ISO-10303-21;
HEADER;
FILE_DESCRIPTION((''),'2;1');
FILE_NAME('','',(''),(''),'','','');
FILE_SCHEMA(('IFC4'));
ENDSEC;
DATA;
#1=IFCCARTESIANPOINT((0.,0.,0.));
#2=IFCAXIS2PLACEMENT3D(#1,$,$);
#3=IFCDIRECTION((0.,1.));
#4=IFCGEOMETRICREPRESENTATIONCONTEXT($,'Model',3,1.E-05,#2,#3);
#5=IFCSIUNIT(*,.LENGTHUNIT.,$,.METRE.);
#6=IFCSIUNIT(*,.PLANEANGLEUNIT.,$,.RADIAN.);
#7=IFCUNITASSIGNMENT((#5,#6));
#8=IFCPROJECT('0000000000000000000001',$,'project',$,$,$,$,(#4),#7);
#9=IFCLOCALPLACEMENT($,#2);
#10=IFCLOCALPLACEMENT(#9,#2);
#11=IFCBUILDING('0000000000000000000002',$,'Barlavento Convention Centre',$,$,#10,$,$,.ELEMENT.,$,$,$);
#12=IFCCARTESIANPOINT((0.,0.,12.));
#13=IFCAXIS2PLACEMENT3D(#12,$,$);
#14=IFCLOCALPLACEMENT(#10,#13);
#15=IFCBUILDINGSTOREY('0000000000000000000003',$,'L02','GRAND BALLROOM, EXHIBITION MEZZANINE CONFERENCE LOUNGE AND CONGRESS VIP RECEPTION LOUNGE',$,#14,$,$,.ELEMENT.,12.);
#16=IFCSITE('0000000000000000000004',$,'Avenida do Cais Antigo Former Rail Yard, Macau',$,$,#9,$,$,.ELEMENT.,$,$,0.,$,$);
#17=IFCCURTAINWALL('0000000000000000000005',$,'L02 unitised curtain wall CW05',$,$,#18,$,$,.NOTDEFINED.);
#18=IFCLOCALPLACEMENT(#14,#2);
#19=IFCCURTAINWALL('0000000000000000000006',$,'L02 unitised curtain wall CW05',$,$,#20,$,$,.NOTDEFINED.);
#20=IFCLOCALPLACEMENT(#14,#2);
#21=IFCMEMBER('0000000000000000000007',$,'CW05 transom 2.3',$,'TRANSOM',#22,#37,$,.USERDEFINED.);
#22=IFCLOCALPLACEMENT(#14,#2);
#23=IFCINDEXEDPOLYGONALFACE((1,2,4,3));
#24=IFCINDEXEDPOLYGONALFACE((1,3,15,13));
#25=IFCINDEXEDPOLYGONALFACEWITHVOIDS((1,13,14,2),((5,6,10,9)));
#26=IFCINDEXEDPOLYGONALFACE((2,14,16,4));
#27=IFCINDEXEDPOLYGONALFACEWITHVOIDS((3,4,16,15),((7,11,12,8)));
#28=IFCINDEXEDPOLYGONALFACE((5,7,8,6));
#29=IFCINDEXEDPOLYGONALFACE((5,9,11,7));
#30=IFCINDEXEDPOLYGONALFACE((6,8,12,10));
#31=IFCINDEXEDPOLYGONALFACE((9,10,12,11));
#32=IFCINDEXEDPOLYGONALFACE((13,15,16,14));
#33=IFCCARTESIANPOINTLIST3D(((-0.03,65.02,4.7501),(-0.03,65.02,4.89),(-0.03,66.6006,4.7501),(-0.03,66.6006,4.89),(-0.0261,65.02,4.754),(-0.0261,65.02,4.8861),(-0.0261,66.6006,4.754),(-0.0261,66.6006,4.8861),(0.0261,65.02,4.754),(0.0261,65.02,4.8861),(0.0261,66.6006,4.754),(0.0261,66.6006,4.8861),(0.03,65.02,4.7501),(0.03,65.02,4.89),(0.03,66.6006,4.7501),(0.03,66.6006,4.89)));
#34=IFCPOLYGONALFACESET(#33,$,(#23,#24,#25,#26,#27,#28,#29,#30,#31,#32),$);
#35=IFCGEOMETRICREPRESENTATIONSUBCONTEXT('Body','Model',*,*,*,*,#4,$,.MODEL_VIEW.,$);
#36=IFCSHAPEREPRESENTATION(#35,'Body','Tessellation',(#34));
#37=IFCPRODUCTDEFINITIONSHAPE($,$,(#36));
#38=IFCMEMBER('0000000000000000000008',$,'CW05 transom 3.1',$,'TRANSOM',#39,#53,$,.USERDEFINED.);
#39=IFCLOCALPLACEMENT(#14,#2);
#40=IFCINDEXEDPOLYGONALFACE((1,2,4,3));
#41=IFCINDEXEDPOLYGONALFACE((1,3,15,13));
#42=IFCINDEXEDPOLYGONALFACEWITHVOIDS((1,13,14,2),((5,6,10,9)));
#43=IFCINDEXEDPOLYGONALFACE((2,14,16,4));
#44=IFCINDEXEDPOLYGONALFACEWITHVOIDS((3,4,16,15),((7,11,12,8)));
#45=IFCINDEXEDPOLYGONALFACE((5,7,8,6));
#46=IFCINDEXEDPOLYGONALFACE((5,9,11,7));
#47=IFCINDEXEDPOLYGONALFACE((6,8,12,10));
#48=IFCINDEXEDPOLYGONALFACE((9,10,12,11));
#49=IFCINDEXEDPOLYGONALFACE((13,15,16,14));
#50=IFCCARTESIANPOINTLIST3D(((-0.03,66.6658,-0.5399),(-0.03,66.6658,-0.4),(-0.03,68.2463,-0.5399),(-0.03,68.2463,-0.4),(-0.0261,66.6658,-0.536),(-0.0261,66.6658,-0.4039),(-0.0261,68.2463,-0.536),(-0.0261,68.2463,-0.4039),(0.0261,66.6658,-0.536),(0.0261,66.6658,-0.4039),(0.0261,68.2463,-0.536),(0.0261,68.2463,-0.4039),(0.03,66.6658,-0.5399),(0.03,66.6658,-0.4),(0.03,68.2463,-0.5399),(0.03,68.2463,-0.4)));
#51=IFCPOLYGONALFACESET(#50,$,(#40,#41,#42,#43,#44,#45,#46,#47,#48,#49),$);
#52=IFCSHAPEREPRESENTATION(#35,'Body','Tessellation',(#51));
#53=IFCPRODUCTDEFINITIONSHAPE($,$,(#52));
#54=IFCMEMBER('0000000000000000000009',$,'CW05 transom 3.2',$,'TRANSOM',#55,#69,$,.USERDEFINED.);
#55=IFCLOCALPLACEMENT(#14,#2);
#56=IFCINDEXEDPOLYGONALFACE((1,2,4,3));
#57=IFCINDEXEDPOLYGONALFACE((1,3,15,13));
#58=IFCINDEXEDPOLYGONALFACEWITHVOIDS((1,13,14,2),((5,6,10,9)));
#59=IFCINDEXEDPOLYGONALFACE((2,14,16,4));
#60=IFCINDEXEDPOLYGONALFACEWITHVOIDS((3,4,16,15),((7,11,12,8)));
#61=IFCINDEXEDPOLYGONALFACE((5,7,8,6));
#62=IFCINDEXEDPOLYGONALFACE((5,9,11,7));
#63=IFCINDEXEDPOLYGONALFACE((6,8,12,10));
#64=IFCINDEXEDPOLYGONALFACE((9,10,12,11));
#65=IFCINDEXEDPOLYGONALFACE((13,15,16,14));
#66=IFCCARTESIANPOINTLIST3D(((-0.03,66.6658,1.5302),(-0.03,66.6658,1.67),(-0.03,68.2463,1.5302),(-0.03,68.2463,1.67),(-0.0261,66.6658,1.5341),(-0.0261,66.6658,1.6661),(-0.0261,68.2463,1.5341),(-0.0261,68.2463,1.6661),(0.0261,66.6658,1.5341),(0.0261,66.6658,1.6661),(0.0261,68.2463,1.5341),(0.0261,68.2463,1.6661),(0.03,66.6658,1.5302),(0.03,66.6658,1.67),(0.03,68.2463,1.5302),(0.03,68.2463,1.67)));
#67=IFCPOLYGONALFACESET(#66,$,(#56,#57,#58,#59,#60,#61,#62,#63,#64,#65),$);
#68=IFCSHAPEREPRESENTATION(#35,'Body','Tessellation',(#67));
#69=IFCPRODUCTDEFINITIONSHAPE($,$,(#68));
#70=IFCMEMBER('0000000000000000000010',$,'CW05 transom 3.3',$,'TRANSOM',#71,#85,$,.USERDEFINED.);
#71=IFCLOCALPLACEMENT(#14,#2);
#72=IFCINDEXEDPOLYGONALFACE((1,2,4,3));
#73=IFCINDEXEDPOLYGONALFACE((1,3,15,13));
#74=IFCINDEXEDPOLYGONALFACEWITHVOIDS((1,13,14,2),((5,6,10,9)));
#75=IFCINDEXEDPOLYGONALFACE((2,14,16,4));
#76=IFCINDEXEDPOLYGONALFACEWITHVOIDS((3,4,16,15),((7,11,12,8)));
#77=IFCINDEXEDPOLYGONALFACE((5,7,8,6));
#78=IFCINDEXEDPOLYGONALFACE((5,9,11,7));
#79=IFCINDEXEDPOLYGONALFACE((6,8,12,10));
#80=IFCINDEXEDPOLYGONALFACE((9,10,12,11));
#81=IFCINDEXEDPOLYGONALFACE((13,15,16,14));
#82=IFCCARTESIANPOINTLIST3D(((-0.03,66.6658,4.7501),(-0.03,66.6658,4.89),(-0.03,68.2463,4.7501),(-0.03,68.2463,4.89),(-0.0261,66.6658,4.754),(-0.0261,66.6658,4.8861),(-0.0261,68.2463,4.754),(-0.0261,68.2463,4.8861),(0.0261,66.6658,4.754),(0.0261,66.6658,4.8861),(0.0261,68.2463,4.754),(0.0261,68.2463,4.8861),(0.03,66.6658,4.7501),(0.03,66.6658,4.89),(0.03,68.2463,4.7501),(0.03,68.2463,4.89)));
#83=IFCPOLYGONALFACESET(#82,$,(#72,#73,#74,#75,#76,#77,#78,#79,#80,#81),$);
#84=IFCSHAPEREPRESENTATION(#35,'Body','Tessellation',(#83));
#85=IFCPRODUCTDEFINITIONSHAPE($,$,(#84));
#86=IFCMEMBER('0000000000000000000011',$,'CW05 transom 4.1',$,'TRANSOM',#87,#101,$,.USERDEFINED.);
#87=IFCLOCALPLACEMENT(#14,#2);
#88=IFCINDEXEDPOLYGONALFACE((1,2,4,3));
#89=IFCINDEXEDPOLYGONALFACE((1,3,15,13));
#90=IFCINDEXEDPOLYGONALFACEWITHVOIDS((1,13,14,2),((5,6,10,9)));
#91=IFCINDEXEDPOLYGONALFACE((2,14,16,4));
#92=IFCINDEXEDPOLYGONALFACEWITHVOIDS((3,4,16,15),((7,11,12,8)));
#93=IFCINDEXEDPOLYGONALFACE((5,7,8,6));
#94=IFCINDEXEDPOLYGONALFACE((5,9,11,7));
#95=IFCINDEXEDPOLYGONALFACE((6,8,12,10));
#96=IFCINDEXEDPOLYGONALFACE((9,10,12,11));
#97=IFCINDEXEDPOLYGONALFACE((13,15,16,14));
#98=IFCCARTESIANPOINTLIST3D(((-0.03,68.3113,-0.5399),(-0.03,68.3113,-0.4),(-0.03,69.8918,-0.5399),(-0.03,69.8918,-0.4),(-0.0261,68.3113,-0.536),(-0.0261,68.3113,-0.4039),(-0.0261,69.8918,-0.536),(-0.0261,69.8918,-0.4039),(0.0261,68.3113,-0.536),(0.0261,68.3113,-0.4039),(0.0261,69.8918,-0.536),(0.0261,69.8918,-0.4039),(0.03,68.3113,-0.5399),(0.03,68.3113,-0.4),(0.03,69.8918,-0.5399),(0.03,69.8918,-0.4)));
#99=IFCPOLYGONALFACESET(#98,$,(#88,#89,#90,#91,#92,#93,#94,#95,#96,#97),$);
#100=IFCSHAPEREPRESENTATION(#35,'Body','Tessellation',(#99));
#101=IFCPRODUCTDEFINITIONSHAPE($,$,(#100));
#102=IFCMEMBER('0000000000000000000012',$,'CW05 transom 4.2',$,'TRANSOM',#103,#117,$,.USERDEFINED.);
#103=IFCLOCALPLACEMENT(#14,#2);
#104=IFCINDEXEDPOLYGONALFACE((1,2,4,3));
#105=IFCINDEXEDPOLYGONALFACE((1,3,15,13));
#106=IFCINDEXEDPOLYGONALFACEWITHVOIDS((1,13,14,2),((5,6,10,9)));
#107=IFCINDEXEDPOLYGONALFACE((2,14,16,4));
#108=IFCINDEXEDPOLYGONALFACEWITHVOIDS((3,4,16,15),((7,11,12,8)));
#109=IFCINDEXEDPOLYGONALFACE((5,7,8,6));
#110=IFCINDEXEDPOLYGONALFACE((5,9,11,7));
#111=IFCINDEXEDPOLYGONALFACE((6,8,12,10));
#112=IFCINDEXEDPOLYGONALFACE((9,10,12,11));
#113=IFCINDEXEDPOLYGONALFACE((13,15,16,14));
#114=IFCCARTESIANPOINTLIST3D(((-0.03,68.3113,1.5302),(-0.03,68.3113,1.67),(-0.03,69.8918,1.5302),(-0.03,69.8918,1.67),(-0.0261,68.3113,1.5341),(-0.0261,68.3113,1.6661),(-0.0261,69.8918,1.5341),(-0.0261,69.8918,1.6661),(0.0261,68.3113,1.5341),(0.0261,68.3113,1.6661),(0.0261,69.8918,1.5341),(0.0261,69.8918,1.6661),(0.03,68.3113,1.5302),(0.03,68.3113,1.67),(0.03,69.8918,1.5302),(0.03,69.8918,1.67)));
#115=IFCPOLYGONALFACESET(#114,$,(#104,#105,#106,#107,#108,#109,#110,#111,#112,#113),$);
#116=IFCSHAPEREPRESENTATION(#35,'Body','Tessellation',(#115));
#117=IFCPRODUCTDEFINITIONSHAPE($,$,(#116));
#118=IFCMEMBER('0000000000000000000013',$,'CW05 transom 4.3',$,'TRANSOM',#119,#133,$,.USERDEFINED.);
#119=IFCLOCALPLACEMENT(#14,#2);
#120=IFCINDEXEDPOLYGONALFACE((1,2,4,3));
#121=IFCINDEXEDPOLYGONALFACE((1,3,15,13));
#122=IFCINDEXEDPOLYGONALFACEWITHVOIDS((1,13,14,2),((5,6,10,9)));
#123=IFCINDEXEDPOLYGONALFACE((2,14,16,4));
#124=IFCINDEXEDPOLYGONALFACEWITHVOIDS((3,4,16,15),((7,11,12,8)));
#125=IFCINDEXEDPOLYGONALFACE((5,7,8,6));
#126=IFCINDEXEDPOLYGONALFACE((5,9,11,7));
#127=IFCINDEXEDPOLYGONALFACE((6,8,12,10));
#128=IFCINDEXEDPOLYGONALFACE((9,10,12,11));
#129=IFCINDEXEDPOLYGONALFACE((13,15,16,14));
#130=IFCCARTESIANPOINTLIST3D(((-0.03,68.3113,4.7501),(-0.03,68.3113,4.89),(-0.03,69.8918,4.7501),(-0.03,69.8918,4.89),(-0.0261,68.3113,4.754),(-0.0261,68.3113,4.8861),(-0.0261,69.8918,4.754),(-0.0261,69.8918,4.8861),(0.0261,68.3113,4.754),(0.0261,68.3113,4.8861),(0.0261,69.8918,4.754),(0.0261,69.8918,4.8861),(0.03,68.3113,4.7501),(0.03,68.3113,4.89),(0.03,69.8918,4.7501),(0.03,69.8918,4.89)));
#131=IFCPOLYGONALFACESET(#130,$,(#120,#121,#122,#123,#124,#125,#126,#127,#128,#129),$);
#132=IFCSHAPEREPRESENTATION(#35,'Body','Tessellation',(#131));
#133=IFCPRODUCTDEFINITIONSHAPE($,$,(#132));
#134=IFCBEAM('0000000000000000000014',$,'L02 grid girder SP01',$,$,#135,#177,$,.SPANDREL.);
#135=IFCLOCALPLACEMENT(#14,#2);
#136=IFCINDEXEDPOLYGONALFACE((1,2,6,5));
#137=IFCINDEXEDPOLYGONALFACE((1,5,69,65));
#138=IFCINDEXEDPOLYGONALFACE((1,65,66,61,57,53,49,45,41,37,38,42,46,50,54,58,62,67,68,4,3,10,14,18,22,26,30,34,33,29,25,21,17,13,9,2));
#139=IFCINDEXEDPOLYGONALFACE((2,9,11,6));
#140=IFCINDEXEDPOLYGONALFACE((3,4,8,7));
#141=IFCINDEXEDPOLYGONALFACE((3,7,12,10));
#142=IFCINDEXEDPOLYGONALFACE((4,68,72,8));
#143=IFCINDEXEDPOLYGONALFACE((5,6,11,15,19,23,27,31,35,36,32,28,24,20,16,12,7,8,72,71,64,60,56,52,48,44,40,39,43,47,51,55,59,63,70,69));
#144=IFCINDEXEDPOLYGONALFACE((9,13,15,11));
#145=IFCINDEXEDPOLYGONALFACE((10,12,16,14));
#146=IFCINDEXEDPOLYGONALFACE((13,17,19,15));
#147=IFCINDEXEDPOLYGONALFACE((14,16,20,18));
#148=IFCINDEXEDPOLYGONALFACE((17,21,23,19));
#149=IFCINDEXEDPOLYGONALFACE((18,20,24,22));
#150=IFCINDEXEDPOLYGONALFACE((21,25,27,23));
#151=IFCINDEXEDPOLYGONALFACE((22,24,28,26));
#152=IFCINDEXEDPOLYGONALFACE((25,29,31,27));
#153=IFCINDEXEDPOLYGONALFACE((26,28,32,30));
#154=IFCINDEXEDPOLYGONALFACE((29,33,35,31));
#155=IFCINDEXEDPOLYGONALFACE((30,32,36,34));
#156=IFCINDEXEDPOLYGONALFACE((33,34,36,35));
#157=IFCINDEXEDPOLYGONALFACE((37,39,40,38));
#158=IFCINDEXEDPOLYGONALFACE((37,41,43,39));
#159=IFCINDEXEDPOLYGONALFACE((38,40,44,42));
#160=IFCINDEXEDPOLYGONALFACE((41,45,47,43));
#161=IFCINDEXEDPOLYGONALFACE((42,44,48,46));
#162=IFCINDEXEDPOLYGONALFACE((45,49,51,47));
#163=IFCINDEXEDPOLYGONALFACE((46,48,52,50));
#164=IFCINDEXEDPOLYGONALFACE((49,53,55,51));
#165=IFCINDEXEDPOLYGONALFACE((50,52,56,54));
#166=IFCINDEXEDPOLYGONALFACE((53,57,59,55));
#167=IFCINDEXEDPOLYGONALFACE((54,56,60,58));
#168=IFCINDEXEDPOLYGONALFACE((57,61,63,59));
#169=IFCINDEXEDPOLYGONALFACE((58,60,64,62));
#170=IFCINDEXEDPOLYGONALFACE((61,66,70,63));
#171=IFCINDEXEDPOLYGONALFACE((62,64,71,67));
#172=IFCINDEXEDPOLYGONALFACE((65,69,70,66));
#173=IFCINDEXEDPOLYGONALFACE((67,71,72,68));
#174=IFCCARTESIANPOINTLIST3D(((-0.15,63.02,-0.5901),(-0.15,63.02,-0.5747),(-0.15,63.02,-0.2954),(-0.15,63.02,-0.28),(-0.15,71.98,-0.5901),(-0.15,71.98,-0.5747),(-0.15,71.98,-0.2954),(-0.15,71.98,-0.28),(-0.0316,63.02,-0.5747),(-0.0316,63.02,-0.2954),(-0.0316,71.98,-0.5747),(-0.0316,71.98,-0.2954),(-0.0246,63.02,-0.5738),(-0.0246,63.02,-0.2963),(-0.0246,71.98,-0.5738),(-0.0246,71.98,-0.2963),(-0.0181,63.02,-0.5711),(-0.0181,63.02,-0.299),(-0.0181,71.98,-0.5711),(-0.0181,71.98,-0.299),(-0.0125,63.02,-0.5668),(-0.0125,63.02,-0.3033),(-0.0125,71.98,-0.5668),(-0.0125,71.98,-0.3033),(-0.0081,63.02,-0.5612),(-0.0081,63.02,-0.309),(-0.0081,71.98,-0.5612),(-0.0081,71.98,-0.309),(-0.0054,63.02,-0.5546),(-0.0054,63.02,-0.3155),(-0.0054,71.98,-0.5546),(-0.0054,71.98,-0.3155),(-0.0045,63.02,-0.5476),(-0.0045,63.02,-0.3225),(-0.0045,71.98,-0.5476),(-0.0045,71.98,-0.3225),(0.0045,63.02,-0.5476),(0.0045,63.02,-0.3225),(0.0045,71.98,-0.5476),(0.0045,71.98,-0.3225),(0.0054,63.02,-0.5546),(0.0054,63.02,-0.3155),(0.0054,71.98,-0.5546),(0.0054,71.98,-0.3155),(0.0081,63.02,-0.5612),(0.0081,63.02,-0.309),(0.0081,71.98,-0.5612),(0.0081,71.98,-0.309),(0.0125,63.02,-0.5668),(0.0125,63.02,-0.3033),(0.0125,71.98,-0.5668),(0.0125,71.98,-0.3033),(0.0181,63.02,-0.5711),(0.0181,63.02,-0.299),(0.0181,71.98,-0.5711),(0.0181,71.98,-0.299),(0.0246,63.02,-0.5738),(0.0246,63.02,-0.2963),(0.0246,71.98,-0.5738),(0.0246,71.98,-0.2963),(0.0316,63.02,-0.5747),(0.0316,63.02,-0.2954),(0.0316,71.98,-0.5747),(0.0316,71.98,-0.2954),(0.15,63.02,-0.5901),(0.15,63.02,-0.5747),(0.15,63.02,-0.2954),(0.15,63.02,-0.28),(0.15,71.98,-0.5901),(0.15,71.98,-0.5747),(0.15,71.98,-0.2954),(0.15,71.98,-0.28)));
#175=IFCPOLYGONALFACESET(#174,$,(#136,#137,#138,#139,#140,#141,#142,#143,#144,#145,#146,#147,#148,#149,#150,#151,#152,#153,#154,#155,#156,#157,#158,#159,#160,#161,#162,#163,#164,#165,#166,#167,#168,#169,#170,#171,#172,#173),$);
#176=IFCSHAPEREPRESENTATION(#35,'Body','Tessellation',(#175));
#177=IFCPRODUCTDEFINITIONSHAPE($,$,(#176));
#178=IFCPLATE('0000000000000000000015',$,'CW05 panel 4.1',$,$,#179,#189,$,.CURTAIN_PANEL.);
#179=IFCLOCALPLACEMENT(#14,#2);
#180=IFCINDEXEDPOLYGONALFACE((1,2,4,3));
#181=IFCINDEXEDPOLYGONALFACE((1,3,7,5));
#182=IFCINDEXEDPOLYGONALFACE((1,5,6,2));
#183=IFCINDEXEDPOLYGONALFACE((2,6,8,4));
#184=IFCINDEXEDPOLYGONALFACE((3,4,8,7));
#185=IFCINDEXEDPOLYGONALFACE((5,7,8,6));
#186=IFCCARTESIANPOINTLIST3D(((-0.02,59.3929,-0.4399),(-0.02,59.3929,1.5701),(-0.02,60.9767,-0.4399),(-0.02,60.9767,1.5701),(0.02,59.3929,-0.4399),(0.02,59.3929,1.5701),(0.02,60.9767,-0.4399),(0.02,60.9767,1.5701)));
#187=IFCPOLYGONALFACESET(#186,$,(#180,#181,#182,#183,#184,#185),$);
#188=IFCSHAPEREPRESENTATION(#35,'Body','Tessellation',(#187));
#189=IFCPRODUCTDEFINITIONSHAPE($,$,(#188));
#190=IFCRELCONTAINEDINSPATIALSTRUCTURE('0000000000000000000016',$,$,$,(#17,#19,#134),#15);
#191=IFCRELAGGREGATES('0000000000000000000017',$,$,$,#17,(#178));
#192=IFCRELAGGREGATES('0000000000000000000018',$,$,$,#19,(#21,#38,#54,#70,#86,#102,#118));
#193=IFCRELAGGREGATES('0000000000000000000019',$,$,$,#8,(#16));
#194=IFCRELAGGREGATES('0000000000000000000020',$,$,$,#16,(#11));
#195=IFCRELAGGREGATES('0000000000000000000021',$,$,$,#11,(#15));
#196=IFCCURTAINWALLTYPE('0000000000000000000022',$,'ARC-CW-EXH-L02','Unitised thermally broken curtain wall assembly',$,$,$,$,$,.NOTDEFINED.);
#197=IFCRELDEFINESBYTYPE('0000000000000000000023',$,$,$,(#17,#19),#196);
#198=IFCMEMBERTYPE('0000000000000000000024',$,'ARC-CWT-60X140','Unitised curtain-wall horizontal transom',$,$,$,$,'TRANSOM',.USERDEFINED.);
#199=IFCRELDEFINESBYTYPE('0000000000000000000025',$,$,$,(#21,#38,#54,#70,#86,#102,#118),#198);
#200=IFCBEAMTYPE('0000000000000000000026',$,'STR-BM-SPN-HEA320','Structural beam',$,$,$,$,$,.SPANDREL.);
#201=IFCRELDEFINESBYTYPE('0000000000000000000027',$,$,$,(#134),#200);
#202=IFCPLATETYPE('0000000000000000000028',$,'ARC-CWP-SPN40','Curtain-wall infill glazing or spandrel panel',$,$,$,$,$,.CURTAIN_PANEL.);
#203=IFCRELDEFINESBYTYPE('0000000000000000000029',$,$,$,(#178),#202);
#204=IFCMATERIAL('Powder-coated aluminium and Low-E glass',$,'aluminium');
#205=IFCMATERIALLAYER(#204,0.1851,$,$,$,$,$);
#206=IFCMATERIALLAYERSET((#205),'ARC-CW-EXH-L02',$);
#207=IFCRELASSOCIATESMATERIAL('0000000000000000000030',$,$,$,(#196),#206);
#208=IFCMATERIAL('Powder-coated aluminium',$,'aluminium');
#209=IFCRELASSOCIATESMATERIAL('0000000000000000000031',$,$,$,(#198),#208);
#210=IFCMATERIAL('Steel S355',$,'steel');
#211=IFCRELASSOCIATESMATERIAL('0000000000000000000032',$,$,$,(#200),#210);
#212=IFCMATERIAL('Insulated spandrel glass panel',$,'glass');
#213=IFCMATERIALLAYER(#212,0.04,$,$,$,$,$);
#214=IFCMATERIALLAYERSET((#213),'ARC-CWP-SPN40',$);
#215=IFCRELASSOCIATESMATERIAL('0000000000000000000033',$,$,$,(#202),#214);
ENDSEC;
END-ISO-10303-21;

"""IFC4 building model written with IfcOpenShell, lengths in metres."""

from ifc_helpers import new_model, si_unit, direction, frame, origin, origin_2d, place, context, subcontext, project, spatial, rectangle, hollow_rectangle, i_section, extrude, material, layer, layer_set, material_profile, profile_set, type_object, element, aggregate, save


model = new_model("IFC4")

# Units and contexts
model_context = context("Model", 3, precision=1e-05, world=origin(), true_north=direction((0.0, 1.0)))
body_context = subcontext(model_context, "Body", "Model", "MODEL_VIEW")
ifc_project = project(units=[si_unit("LENGTHUNIT", "METRE"), si_unit("PLANEANGLEUNIT", "RADIAN")], contexts=[model_context])

# Site, building, storey
site_placement = place(None, origin())
site = spatial("IfcSite", under=ifc_project, at=site_placement, Name="Avenida do Cais Antigo Former Rail Yard, Macau", CompositionType="ELEMENT", RefElevation=0.0)
building_placement = place(site_placement, origin())
building = spatial("IfcBuilding", under=site, at=building_placement, Name="Barlavento Convention Centre", CompositionType="ELEMENT")
storey_placement = place(building_placement, frame((0.0, 0.0, 12.0)))
storey = spatial("IfcBuildingStorey", under=building, at=storey_placement, Name="L02", Description="GRAND BALLROOM, EXHIBITION MEZZANINE CONFERENCE LOUNGE AND CONGRESS VIP RECEPTION LOUNGE", CompositionType="ELEMENT", Elevation=12.0)

# Shared definitions
ifc_material_1 = material(Name="Steel S355", Category="steel")

# Curtain walls
ifc_material_2 = material(Name="Powder-coated aluminium and Low-E glass", Category="aluminium")
ifc_layer_1 = layer(ifc_material_2, 0.1851)
ifc_layer_set_1 = layer_set([ifc_layer_1], Name="ARC-CW-EXH-L02")
curtain_wall_type = type_object("IfcCurtainWallType", Name="ARC-CW-EXH-L02", Description="Unitised thermally broken curtain wall assembly", PredefinedType="NOTDEFINED", material=ifc_layer_set_1)
curtain_wall_1_placement = place(storey_placement, origin())
curtain_wall_1 = element("IfcCurtainWall", 1, at=curtain_wall_1_placement, inside=storey, type_object=curtain_wall_type, Name="L02 unitised curtain wall CW05", PredefinedType="NOTDEFINED")
ifc_material_3 = material(Name="Powder-coated aluminium", Category="aluminium")
curtain_wall_2_placement = place(storey_placement, origin())
curtain_wall_2 = element("IfcCurtainWall", 2, at=curtain_wall_2_placement, inside=storey, type_object=curtain_wall_type, Name="L02 unitised curtain wall CW05", PredefinedType="NOTDEFINED")

# Members
ifc_material_profile_1 = material_profile(ifc_material_3, hollow_rectangle(XDim=0.0601, YDim=0.1399, WallThickness=0.0039, at=origin_2d()), Name="AL-TRAN 60x140x4")
ifc_profile_set_1 = profile_set([ifc_material_profile_1], Name="Powder-coated aluminium")
member_type_1 = type_object("IfcMemberType", Name="ARC-CWT-60X140", Description="Unitised curtain-wall horizontal transom", ElementType="TRANSOM", PredefinedType="USERDEFINED", material=ifc_profile_set_1)
member_1_placement = place(storey_placement, frame((0.0, 65.02, 4.8201), z_axis=(0.0, 1.0, 0.0), x_axis=(-1.0, 0.0, 0.0)))
member_1 = element("IfcMember", 3, at=member_1_placement, type_object=member_type_1, Name="CW05 transom 2.3", ObjectType="TRANSOM", PredefinedType="USERDEFINED", context=body_context, shape_type="SweptSolid", body=[
    extrude(hollow_rectangle(XDim=0.0601, YDim=0.1399, WallThickness=0.0039, at=origin_2d()), origin(), (0.0, 0.0, 1.0), 1.5806),
])
member_2_placement = place(storey_placement, frame((0.0, 66.6658, -0.47), z_axis=(0.0, 1.0, 0.0), x_axis=(-1.0, 0.0, 0.0)))
member_2 = element("IfcMember", 4, at=member_2_placement, type_object=member_type_1, Name="CW05 transom 3.1", ObjectType="TRANSOM", PredefinedType="USERDEFINED", context=body_context, shape_type="SweptSolid", body=[
    extrude(hollow_rectangle(XDim=0.0601, YDim=0.1399, WallThickness=0.0039, at=origin_2d()), origin(), (0.0, 0.0, 1.0), 1.5806),
])
member_3_placement = place(storey_placement, frame((0.0, 66.6658, 1.6001), z_axis=(0.0, 1.0, 0.0), x_axis=(-1.0, 0.0, 0.0)))
member_3 = element("IfcMember", 5, at=member_3_placement, type_object=member_type_1, Name="CW05 transom 3.2", ObjectType="TRANSOM", PredefinedType="USERDEFINED", context=body_context, shape_type="SweptSolid", body=[
    extrude(hollow_rectangle(XDim=0.0601, YDim=0.1399, WallThickness=0.0039, at=origin_2d()), origin(), (0.0, 0.0, 1.0), 1.5806),
])
member_4_placement = place(storey_placement, frame((0.0, 66.6658, 4.8201), z_axis=(0.0, 1.0, 0.0), x_axis=(-1.0, 0.0, 0.0)))
member_4 = element("IfcMember", 6, at=member_4_placement, type_object=member_type_1, Name="CW05 transom 3.3", ObjectType="TRANSOM", PredefinedType="USERDEFINED", context=body_context, shape_type="SweptSolid", body=[
    extrude(hollow_rectangle(XDim=0.0601, YDim=0.1399, WallThickness=0.0039, at=origin_2d()), origin(), (0.0, 0.0, 1.0), 1.5806),
])
member_5_placement = place(storey_placement, frame((0.0, 68.3113, -0.47), z_axis=(0.0, 1.0, 0.0), x_axis=(-1.0, 0.0, 0.0)))
member_5 = element("IfcMember", 7, at=member_5_placement, type_object=member_type_1, Name="CW05 transom 4.1", ObjectType="TRANSOM", PredefinedType="USERDEFINED", context=body_context, shape_type="SweptSolid", body=[
    extrude(hollow_rectangle(XDim=0.0601, YDim=0.1399, WallThickness=0.0039, at=origin_2d()), origin(), (0.0, 0.0, 1.0), 1.5806),
])
member_6_placement = place(storey_placement, frame((0.0, 68.3113, 1.6001), z_axis=(0.0, 1.0, 0.0), x_axis=(-1.0, 0.0, 0.0)))
member_6 = element("IfcMember", 8, at=member_6_placement, type_object=member_type_1, Name="CW05 transom 4.2", ObjectType="TRANSOM", PredefinedType="USERDEFINED", context=body_context, shape_type="SweptSolid", body=[
    extrude(hollow_rectangle(XDim=0.0601, YDim=0.1399, WallThickness=0.0039, at=origin_2d()), origin(), (0.0, 0.0, 1.0), 1.5806),
])
member_7_placement = place(storey_placement, frame((0.0, 68.3113, 4.8201), z_axis=(0.0, 1.0, 0.0), x_axis=(-1.0, 0.0, 0.0)))
member_7 = element("IfcMember", 9, at=member_7_placement, type_object=member_type_1, Name="CW05 transom 4.3", ObjectType="TRANSOM", PredefinedType="USERDEFINED", context=body_context, shape_type="SweptSolid", body=[
    extrude(hollow_rectangle(XDim=0.0601, YDim=0.1399, WallThickness=0.0039, at=origin_2d()), origin(), (0.0, 0.0, 1.0), 1.5806),
])

# Beam
ifc_material_profile_2 = material_profile(ifc_material_1, i_section(OverallWidth=0.3, OverallDepth=0.3101, WebThickness=0.009, FlangeThickness=0.0154, FilletRadius=0.0271, at=origin_2d()), Name="HEA 320")
ifc_profile_set_2 = profile_set([ifc_material_profile_2], Name="Steel S355")
beam_type = type_object("IfcBeamType", Name="STR-BM-SPN-HEA320", Description="Structural beam", PredefinedType="SPANDREL", material=ifc_profile_set_2)
beam_placement = place(storey_placement, frame((0.0, 63.02, -0.4351), z_axis=(0.0, 1.0, 0.0), x_axis=(-1.0, 0.0, 0.0)))
element("IfcBeam", 10, at=beam_placement, inside=storey, type_object=beam_type, Name="L02 grid girder SP01", PredefinedType="SPANDREL", context=body_context, shape_type="SweptSolid", body=[
    extrude(i_section(OverallWidth=0.3, OverallDepth=0.3101, WebThickness=0.009, FlangeThickness=0.0154, FilletRadius=0.0271, at=origin_2d()), origin(), (0.0, 0.0, 1.0), 8.96),
])

# Plate
ifc_material_4 = material(Name="Insulated spandrel glass panel", Category="glass")
ifc_layer_2 = layer(ifc_material_4, 0.04)
ifc_layer_set_2 = layer_set([ifc_layer_2], Name="ARC-CWP-SPN40")
plate_type = type_object("IfcPlateType", Name="ARC-CWP-SPN40", Description="Curtain-wall infill glazing or spandrel panel", PredefinedType="CURTAIN_PANEL", material=ifc_layer_set_2)
plate_1_placement = place(storey_placement, frame((0.0, 60.1848, -0.4399), z_axis=(0.0, 0.0, 1.0), x_axis=(0.0, 1.0, 0.0)))
plate_1 = element("IfcPlate", 11, at=plate_1_placement, type_object=plate_type, Name="CW05 panel 4.1", PredefinedType="CURTAIN_PANEL", context=body_context, shape_type="SweptSolid", body=[
    extrude(rectangle(XDim=1.5837, YDim=0.04, at=origin_2d()), origin(), (0.0, 0.0, 1.0), 2.01),
])
aggregate(curtain_wall_1, [plate_1])
aggregate(curtain_wall_2, [member_1, member_2, member_3, member_4, member_5, member_6, member_7])

save(model, "model.ifc")
